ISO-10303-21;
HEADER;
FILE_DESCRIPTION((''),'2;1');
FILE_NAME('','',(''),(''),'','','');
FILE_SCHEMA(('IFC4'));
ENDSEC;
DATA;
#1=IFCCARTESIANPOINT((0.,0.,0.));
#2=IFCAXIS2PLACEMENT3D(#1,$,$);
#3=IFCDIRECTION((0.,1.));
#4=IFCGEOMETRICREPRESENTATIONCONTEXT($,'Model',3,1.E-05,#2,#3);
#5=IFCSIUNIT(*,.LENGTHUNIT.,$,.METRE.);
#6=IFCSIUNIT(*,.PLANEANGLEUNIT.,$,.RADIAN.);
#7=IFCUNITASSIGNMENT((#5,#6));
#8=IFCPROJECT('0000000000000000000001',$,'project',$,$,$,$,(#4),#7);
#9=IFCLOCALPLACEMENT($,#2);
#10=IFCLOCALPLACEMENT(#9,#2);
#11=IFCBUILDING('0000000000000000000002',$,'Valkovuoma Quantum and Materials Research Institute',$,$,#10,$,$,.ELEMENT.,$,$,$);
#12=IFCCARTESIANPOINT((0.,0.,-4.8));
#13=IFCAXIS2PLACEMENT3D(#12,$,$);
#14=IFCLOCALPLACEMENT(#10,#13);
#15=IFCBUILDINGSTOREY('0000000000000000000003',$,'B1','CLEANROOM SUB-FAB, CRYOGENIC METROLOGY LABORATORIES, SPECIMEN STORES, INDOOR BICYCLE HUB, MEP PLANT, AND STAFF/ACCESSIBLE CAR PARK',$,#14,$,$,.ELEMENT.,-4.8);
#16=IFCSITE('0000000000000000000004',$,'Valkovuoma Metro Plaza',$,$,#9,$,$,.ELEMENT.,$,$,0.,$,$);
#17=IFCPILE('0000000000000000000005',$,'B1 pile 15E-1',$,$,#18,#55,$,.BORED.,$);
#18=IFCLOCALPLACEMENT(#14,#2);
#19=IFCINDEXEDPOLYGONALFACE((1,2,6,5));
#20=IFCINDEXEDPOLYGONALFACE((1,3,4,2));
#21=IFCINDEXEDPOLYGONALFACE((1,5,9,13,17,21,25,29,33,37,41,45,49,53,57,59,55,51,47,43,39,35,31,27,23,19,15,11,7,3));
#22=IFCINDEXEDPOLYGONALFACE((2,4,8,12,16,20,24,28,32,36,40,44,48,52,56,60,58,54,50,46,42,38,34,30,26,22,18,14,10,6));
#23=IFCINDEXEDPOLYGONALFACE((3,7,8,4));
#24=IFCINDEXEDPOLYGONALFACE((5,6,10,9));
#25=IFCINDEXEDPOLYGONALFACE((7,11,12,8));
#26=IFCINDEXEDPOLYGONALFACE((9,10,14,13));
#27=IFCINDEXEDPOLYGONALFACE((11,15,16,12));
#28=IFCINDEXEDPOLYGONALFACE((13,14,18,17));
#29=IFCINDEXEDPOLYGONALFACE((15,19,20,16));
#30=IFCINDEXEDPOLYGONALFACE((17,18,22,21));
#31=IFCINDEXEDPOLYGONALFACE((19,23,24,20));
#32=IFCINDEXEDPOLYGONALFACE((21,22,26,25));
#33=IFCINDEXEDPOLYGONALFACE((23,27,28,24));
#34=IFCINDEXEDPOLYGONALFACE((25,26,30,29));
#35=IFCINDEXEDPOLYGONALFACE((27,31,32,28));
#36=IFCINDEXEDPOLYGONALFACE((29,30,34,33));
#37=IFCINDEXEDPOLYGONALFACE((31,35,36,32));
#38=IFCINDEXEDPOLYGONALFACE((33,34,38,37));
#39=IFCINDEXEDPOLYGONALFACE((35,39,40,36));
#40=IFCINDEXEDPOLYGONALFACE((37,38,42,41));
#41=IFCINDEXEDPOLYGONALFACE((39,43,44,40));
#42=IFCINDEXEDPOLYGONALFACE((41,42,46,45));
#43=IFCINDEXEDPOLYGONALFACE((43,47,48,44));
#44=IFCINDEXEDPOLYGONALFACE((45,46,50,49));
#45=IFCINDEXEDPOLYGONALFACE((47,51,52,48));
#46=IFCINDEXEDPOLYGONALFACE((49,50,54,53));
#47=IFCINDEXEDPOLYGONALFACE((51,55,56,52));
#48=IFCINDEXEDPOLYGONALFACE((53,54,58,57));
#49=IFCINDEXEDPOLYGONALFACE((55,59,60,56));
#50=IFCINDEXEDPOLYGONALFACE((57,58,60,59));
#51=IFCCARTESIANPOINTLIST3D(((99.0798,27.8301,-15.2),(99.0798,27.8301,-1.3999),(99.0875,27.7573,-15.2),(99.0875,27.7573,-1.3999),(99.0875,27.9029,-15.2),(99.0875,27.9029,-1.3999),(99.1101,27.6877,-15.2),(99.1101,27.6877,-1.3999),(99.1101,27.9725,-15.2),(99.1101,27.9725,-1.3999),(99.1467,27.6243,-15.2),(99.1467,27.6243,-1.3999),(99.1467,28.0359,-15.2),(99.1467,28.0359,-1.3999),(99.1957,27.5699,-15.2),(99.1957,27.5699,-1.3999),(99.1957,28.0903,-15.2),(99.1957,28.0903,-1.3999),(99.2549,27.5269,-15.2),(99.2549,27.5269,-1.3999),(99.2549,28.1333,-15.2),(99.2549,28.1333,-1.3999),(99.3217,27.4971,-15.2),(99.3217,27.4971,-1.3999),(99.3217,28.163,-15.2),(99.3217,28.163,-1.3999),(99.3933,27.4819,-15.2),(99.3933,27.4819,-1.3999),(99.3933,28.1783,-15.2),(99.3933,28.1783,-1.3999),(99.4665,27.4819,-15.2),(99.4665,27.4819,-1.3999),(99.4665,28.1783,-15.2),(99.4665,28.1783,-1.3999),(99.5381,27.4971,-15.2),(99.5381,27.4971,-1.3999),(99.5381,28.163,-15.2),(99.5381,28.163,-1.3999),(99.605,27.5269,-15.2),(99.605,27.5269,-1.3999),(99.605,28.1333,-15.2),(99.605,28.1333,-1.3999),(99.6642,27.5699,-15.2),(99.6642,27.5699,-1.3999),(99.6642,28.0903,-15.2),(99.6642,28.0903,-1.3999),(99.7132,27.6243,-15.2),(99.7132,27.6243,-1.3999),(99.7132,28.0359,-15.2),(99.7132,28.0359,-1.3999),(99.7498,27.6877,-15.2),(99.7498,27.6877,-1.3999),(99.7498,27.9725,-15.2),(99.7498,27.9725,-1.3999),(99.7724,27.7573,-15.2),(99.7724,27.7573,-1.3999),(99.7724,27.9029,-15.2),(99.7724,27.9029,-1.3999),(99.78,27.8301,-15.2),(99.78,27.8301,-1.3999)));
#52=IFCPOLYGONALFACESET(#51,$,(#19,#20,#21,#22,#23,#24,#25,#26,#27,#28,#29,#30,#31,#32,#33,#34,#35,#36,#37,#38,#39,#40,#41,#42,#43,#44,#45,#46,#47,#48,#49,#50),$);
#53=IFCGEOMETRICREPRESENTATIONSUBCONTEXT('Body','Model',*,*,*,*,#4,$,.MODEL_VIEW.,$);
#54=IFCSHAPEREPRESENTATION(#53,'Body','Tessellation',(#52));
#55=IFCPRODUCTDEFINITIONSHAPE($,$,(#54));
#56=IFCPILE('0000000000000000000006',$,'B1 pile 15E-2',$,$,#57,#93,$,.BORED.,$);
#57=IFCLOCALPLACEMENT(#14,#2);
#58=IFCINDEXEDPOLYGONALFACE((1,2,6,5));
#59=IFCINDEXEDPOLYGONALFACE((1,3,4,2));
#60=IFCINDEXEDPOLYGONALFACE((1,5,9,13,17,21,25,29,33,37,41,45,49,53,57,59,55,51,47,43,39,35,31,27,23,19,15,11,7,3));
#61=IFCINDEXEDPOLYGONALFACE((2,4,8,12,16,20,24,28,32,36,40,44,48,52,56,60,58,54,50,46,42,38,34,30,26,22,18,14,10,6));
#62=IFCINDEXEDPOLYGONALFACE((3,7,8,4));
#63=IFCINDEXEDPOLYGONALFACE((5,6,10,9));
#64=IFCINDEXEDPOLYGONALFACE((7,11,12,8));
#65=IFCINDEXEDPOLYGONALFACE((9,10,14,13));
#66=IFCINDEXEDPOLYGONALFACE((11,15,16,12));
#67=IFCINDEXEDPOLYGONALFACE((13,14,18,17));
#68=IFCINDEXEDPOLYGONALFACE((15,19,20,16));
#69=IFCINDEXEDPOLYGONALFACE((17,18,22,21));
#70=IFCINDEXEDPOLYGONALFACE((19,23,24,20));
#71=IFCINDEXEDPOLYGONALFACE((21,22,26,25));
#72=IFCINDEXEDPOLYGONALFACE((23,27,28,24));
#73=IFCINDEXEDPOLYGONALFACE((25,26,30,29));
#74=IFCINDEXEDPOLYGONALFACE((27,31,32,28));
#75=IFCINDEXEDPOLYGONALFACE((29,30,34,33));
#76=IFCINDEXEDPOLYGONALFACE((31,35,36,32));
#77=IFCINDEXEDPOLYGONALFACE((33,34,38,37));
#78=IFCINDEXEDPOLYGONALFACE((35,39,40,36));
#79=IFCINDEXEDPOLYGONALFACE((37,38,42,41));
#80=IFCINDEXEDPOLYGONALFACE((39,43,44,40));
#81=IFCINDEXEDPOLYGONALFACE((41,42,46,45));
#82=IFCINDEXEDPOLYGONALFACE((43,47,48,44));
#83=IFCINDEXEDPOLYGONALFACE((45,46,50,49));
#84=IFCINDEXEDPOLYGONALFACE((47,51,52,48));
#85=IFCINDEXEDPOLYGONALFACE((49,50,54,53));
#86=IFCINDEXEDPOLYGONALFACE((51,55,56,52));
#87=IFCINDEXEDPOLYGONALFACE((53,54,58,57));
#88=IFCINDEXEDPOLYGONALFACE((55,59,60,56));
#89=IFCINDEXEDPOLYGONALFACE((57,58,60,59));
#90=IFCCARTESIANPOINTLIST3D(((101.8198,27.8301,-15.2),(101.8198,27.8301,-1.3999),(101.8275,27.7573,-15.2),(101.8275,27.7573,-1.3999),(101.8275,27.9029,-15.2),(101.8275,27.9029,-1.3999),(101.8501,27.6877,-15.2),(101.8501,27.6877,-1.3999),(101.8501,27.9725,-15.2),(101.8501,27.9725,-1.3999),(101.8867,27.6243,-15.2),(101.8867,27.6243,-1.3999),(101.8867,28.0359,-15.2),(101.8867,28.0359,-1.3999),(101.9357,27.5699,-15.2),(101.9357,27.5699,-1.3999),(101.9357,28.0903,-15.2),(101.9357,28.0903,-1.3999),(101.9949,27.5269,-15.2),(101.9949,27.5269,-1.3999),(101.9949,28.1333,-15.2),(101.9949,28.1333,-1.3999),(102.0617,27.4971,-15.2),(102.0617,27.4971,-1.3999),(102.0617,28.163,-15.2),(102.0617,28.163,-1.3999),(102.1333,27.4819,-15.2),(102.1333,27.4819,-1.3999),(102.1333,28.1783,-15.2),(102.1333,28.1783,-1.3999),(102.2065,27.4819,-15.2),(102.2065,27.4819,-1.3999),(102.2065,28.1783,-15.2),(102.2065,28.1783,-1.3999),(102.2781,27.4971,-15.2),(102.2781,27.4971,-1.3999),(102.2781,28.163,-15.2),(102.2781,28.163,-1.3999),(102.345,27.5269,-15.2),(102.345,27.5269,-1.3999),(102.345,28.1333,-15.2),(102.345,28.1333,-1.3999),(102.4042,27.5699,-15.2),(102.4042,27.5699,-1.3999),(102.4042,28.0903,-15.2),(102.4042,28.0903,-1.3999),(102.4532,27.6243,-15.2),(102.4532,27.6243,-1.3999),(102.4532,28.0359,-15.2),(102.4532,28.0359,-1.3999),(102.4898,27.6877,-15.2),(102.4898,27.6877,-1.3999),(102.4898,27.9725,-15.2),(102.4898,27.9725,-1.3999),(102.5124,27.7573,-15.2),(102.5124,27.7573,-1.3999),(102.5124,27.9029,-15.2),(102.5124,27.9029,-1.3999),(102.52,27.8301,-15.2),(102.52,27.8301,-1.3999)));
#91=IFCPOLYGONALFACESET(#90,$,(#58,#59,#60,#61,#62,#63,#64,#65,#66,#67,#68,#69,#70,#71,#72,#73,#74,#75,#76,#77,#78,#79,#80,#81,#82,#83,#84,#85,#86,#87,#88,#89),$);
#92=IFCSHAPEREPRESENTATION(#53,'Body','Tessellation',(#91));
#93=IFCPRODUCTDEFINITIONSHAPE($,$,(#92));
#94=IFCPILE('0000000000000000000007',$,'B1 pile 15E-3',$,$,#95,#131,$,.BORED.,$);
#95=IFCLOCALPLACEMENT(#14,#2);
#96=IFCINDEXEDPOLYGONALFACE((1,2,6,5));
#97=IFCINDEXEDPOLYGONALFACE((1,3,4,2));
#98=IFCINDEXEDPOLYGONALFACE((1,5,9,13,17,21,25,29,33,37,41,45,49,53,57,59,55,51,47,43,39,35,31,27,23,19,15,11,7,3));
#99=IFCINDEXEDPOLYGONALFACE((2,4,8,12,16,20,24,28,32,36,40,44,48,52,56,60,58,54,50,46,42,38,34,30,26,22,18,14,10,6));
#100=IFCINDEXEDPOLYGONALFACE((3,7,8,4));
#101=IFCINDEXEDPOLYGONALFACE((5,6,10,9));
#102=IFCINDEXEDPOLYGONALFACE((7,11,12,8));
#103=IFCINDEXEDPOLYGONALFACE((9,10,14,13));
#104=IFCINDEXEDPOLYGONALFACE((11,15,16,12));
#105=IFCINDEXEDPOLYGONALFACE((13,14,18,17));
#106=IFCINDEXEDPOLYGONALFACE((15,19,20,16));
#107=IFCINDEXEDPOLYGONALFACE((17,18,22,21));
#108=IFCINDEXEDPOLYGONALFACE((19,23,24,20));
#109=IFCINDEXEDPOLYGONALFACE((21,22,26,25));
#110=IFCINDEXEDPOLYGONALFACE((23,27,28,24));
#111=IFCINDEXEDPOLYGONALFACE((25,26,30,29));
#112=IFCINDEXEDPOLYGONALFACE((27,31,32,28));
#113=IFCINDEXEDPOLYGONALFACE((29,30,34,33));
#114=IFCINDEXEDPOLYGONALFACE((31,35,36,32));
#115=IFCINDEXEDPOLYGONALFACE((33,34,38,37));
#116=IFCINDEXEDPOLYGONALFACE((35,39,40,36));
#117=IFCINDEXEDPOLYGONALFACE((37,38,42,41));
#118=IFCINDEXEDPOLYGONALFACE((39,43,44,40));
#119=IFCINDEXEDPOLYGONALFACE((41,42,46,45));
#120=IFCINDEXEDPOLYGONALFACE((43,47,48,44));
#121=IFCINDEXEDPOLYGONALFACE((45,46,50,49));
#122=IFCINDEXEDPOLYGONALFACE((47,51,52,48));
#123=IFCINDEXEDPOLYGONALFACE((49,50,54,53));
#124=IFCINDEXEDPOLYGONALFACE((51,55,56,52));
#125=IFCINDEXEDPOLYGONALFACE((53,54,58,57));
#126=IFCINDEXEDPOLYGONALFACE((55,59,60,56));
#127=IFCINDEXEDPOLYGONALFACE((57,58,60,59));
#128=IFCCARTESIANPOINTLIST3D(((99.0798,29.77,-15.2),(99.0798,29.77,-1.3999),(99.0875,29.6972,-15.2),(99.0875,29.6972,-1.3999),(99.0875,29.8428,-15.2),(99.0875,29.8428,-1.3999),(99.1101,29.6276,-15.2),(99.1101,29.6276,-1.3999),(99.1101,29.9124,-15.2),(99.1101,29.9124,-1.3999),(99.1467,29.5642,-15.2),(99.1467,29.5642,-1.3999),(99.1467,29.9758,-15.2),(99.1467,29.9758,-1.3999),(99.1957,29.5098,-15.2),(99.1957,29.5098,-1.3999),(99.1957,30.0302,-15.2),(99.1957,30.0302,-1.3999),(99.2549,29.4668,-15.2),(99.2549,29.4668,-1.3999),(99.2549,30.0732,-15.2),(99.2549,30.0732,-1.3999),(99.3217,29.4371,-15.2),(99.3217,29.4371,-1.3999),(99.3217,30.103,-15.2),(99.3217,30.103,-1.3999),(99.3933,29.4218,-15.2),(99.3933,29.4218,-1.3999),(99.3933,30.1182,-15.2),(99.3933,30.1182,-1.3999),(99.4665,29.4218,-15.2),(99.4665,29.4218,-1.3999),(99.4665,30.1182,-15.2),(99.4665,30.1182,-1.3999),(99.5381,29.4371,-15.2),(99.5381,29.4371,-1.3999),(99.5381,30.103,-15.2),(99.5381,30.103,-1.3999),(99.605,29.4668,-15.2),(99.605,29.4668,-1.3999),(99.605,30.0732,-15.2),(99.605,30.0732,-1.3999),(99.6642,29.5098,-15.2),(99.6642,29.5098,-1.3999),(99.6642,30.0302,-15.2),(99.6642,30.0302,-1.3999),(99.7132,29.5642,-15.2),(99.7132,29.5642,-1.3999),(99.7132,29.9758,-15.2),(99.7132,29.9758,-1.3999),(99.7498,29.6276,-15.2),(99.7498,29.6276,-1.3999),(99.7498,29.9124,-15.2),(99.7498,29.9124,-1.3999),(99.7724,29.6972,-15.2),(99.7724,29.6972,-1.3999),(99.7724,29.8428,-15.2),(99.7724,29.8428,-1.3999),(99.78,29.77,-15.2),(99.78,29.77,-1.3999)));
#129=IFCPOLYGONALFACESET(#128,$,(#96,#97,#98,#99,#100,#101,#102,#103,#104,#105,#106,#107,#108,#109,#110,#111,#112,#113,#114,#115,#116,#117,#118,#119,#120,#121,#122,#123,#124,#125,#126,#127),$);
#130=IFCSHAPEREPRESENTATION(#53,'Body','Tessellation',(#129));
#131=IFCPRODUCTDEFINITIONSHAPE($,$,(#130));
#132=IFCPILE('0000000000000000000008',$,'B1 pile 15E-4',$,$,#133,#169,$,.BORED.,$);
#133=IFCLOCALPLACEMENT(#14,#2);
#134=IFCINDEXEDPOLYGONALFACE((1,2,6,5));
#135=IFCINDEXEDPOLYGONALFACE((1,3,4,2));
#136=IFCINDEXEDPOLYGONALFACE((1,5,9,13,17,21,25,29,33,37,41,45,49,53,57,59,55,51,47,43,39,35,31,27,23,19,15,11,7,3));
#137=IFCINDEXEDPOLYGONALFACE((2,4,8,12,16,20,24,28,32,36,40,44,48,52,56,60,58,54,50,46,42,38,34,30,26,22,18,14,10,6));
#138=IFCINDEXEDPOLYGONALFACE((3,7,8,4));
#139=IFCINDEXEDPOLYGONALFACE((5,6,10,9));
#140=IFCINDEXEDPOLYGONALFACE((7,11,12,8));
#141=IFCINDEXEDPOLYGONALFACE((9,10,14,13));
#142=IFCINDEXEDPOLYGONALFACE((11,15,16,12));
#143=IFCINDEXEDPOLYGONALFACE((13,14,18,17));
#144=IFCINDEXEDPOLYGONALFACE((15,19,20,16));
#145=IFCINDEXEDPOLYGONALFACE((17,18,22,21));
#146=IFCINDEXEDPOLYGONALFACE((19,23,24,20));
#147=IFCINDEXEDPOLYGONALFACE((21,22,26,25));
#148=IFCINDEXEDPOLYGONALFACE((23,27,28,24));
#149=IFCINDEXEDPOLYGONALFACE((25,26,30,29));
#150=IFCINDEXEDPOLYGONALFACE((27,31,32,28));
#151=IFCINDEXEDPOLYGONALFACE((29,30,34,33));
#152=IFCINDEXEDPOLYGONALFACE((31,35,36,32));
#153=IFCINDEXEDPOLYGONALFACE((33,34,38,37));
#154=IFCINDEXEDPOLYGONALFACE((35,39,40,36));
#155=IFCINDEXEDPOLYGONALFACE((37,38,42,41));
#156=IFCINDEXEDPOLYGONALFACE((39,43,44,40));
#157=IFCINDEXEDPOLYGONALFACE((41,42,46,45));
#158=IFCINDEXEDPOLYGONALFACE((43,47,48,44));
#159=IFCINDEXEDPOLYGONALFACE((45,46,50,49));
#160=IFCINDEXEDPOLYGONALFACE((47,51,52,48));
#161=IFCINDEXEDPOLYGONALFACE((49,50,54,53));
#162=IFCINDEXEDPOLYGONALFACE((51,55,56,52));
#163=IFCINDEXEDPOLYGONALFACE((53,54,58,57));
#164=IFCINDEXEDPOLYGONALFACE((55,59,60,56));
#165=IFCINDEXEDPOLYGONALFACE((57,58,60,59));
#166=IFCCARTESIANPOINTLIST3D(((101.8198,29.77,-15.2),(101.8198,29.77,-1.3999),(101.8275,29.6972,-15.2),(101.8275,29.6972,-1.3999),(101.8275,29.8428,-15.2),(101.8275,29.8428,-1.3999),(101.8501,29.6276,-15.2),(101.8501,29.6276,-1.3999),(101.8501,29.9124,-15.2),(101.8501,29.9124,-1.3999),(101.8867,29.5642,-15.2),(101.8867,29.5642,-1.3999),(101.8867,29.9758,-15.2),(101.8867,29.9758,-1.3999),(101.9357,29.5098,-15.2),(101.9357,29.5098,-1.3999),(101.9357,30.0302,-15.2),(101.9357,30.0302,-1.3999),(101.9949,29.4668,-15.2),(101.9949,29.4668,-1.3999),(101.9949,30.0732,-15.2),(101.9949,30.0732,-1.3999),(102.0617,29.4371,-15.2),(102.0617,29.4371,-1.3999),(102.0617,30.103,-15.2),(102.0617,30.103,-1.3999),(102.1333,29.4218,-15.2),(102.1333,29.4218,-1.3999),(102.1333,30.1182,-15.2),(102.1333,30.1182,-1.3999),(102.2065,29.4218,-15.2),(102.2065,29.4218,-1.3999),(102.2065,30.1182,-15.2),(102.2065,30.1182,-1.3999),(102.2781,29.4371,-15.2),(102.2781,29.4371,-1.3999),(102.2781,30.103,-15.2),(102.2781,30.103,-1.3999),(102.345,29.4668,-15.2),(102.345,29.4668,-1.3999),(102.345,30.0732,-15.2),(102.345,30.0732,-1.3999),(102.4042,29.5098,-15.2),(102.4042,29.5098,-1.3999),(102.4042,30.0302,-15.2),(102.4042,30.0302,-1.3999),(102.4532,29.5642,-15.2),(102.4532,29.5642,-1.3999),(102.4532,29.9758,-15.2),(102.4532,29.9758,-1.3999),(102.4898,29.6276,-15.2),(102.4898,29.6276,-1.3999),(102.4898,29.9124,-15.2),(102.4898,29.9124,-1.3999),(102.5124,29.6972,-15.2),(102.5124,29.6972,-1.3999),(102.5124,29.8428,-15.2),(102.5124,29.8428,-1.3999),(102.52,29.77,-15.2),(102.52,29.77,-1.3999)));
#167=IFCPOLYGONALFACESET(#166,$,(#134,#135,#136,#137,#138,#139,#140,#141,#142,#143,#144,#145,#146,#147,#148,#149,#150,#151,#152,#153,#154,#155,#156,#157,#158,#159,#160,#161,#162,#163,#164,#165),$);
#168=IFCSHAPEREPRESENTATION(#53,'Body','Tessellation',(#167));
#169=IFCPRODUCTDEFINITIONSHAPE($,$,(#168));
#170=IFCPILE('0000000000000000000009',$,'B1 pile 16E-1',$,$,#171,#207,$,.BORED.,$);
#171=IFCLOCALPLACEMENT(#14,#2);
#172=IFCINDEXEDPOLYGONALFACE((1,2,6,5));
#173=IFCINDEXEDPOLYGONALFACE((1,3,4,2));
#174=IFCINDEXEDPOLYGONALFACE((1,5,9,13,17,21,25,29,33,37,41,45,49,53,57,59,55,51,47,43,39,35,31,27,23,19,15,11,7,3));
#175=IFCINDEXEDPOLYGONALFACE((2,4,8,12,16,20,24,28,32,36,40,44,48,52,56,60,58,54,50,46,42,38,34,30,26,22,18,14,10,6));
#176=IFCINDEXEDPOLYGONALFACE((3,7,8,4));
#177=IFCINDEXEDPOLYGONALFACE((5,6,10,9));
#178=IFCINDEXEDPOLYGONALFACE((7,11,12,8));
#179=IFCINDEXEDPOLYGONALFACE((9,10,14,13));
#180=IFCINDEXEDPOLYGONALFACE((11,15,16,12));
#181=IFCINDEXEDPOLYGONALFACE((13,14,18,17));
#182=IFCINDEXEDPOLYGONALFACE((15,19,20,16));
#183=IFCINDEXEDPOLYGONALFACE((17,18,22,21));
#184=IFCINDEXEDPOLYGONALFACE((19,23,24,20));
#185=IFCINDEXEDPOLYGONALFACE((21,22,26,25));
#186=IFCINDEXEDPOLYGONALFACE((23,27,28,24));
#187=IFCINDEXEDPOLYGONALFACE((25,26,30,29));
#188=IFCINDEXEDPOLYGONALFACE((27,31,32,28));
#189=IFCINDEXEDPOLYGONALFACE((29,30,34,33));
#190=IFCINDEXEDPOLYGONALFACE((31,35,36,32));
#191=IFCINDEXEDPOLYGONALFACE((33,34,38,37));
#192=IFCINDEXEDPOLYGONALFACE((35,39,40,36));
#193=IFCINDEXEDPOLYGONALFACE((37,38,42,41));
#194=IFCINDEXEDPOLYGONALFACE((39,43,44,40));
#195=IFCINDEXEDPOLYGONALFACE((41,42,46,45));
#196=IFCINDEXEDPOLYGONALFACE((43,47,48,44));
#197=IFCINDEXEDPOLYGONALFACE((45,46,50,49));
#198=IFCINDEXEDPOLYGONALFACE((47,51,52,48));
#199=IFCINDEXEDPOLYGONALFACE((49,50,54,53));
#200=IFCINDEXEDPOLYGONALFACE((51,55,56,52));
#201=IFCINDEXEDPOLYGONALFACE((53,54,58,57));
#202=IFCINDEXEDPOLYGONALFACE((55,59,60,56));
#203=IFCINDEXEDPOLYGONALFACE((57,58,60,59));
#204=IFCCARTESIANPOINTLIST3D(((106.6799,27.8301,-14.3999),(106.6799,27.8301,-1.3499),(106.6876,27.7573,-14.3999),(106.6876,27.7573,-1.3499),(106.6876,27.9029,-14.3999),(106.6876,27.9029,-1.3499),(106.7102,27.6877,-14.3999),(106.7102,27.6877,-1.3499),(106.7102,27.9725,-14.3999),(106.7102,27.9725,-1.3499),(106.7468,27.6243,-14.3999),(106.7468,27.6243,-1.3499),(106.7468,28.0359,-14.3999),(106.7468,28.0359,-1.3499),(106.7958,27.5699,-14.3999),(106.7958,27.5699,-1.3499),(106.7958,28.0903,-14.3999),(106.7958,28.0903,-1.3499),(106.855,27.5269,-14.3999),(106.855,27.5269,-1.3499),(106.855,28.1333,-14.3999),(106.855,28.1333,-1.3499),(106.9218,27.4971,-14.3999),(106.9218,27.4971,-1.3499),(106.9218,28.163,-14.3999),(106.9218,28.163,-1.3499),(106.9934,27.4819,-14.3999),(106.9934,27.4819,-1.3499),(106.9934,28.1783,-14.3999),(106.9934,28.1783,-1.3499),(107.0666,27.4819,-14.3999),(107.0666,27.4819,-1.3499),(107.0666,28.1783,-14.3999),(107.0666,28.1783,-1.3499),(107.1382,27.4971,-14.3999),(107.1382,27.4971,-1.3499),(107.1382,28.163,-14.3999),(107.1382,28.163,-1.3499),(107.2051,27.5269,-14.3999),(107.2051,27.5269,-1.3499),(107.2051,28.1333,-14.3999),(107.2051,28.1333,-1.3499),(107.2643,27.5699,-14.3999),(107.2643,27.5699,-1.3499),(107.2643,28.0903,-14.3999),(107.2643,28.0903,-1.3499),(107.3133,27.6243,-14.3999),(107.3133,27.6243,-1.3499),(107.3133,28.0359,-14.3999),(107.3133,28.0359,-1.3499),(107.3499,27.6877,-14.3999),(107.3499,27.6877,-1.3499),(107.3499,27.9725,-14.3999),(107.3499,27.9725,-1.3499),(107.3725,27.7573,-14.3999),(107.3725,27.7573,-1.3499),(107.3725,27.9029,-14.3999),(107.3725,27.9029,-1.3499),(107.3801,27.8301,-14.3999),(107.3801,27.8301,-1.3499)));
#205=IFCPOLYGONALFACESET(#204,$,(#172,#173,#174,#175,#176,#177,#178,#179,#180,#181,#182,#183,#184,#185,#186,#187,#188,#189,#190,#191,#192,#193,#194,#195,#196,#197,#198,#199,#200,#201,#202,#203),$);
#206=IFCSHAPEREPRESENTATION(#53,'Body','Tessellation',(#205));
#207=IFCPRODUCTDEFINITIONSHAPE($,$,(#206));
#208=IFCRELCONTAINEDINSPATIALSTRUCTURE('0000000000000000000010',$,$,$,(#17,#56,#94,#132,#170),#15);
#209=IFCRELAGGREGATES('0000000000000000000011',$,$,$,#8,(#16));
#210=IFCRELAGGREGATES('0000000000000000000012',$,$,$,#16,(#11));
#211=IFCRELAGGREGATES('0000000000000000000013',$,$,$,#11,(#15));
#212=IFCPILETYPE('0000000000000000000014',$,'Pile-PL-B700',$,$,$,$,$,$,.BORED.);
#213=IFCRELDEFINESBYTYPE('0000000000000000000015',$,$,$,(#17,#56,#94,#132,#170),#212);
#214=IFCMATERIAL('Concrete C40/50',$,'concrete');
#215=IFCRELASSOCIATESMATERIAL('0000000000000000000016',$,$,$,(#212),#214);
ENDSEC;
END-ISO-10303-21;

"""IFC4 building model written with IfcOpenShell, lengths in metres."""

from ifc_helpers import new_model, si_unit, direction, frame, origin, origin_2d, place, context, subcontext, project, spatial, circle, extrude, material, material_profile, profile_set, type_object, element, save


model = new_model("IFC4")

# Units and contexts
model_context = context("Model", 3, precision=1e-05, world=origin(), true_north=direction((0.0, 1.0)))
body_context = subcontext(model_context, "Body", "Model", "MODEL_VIEW")
ifc_project = project(units=[si_unit("LENGTHUNIT", "METRE"), si_unit("PLANEANGLEUNIT", "RADIAN")], contexts=[model_context])

# Site, building, storey
site_placement = place(None, origin())
site = spatial("IfcSite", under=ifc_project, at=site_placement, Name="Valkovuoma Metro Plaza", CompositionType="ELEMENT", RefElevation=0.0)
building_placement = place(site_placement, origin())
building = spatial("IfcBuilding", under=site, at=building_placement, Name="Valkovuoma Quantum and Materials Research Institute", CompositionType="ELEMENT")
storey_placement = place(building_placement, frame((0.0, 0.0, -4.8)))
storey = spatial("IfcBuildingStorey", under=building, at=storey_placement, Name="B1", Description="CLEANROOM SUB-FAB, CRYOGENIC METROLOGY LABORATORIES, SPECIMEN STORES, INDOOR BICYCLE HUB, MEP PLANT, AND STAFF/ACCESSIBLE CAR PARK", CompositionType="ELEMENT", Elevation=-4.8)

# Piles
ifc_material_1 = material(Name="Concrete C40/50", Category="concrete")
ifc_material_profile_1 = material_profile(ifc_material_1, circle(Radius=0.3501, at=origin_2d()), Name="Concrete C40/50")
ifc_profile_set_1 = profile_set([ifc_material_profile_1], Name="Concrete C40/50")
pile_type_1 = type_object("IfcPileType", Name="Pile-PL-B700", PredefinedType="BORED", material=ifc_profile_set_1)
for number, where, z_axis, x_axis, name in (
    (1, (99.4299, 27.8301, -1.3999), (0.0, 0.0, -1.0), (1.0, 0.0, 0.0), "B1 pile 15E-1"),
    (2, (102.1699, 27.8301, -1.3999), (0.0, 0.0, -1.0), (1.0, 0.0, 0.0), "B1 pile 15E-2"),
    (3, (99.4299, 29.77, -1.3999), (0.0, 0.0, -1.0), (1.0, 0.0, 0.0), "B1 pile 15E-3"),
    (4, (102.1699, 29.77, -1.3999), (0.0, 0.0, -1.0), (1.0, 0.0, 0.0), "B1 pile 15E-4"),
):
    element("IfcPile", number, at=place(storey_placement, frame(where, z_axis=z_axis, x_axis=x_axis)), inside=storey, type_object=pile_type_1, Name=name, PredefinedType="BORED", context=body_context, shape_type="SweptSolid", body=[
        extrude(circle(Radius=0.3501, at=origin_2d()), origin(), (0.0, 0.0, 1.0), 13.8),
    ])
for number, where, z_axis, x_axis, name in (
    (5, (107.03, 27.8301, -1.3499), (0.0, 0.0, -1.0), (1.0, 0.0, 0.0), "B1 pile 16E-1"),
):
    element("IfcPile", number, at=place(storey_placement, frame(where, z_axis=z_axis, x_axis=x_axis)), inside=storey, type_object=pile_type_1, Name=name, PredefinedType="BORED", context=body_context, shape_type="SweptSolid", body=[
        extrude(circle(Radius=0.3501, at=origin_2d()), origin(), (0.0, 0.0, 1.0), 13.05),
    ])

save(model, "model.ifc")
